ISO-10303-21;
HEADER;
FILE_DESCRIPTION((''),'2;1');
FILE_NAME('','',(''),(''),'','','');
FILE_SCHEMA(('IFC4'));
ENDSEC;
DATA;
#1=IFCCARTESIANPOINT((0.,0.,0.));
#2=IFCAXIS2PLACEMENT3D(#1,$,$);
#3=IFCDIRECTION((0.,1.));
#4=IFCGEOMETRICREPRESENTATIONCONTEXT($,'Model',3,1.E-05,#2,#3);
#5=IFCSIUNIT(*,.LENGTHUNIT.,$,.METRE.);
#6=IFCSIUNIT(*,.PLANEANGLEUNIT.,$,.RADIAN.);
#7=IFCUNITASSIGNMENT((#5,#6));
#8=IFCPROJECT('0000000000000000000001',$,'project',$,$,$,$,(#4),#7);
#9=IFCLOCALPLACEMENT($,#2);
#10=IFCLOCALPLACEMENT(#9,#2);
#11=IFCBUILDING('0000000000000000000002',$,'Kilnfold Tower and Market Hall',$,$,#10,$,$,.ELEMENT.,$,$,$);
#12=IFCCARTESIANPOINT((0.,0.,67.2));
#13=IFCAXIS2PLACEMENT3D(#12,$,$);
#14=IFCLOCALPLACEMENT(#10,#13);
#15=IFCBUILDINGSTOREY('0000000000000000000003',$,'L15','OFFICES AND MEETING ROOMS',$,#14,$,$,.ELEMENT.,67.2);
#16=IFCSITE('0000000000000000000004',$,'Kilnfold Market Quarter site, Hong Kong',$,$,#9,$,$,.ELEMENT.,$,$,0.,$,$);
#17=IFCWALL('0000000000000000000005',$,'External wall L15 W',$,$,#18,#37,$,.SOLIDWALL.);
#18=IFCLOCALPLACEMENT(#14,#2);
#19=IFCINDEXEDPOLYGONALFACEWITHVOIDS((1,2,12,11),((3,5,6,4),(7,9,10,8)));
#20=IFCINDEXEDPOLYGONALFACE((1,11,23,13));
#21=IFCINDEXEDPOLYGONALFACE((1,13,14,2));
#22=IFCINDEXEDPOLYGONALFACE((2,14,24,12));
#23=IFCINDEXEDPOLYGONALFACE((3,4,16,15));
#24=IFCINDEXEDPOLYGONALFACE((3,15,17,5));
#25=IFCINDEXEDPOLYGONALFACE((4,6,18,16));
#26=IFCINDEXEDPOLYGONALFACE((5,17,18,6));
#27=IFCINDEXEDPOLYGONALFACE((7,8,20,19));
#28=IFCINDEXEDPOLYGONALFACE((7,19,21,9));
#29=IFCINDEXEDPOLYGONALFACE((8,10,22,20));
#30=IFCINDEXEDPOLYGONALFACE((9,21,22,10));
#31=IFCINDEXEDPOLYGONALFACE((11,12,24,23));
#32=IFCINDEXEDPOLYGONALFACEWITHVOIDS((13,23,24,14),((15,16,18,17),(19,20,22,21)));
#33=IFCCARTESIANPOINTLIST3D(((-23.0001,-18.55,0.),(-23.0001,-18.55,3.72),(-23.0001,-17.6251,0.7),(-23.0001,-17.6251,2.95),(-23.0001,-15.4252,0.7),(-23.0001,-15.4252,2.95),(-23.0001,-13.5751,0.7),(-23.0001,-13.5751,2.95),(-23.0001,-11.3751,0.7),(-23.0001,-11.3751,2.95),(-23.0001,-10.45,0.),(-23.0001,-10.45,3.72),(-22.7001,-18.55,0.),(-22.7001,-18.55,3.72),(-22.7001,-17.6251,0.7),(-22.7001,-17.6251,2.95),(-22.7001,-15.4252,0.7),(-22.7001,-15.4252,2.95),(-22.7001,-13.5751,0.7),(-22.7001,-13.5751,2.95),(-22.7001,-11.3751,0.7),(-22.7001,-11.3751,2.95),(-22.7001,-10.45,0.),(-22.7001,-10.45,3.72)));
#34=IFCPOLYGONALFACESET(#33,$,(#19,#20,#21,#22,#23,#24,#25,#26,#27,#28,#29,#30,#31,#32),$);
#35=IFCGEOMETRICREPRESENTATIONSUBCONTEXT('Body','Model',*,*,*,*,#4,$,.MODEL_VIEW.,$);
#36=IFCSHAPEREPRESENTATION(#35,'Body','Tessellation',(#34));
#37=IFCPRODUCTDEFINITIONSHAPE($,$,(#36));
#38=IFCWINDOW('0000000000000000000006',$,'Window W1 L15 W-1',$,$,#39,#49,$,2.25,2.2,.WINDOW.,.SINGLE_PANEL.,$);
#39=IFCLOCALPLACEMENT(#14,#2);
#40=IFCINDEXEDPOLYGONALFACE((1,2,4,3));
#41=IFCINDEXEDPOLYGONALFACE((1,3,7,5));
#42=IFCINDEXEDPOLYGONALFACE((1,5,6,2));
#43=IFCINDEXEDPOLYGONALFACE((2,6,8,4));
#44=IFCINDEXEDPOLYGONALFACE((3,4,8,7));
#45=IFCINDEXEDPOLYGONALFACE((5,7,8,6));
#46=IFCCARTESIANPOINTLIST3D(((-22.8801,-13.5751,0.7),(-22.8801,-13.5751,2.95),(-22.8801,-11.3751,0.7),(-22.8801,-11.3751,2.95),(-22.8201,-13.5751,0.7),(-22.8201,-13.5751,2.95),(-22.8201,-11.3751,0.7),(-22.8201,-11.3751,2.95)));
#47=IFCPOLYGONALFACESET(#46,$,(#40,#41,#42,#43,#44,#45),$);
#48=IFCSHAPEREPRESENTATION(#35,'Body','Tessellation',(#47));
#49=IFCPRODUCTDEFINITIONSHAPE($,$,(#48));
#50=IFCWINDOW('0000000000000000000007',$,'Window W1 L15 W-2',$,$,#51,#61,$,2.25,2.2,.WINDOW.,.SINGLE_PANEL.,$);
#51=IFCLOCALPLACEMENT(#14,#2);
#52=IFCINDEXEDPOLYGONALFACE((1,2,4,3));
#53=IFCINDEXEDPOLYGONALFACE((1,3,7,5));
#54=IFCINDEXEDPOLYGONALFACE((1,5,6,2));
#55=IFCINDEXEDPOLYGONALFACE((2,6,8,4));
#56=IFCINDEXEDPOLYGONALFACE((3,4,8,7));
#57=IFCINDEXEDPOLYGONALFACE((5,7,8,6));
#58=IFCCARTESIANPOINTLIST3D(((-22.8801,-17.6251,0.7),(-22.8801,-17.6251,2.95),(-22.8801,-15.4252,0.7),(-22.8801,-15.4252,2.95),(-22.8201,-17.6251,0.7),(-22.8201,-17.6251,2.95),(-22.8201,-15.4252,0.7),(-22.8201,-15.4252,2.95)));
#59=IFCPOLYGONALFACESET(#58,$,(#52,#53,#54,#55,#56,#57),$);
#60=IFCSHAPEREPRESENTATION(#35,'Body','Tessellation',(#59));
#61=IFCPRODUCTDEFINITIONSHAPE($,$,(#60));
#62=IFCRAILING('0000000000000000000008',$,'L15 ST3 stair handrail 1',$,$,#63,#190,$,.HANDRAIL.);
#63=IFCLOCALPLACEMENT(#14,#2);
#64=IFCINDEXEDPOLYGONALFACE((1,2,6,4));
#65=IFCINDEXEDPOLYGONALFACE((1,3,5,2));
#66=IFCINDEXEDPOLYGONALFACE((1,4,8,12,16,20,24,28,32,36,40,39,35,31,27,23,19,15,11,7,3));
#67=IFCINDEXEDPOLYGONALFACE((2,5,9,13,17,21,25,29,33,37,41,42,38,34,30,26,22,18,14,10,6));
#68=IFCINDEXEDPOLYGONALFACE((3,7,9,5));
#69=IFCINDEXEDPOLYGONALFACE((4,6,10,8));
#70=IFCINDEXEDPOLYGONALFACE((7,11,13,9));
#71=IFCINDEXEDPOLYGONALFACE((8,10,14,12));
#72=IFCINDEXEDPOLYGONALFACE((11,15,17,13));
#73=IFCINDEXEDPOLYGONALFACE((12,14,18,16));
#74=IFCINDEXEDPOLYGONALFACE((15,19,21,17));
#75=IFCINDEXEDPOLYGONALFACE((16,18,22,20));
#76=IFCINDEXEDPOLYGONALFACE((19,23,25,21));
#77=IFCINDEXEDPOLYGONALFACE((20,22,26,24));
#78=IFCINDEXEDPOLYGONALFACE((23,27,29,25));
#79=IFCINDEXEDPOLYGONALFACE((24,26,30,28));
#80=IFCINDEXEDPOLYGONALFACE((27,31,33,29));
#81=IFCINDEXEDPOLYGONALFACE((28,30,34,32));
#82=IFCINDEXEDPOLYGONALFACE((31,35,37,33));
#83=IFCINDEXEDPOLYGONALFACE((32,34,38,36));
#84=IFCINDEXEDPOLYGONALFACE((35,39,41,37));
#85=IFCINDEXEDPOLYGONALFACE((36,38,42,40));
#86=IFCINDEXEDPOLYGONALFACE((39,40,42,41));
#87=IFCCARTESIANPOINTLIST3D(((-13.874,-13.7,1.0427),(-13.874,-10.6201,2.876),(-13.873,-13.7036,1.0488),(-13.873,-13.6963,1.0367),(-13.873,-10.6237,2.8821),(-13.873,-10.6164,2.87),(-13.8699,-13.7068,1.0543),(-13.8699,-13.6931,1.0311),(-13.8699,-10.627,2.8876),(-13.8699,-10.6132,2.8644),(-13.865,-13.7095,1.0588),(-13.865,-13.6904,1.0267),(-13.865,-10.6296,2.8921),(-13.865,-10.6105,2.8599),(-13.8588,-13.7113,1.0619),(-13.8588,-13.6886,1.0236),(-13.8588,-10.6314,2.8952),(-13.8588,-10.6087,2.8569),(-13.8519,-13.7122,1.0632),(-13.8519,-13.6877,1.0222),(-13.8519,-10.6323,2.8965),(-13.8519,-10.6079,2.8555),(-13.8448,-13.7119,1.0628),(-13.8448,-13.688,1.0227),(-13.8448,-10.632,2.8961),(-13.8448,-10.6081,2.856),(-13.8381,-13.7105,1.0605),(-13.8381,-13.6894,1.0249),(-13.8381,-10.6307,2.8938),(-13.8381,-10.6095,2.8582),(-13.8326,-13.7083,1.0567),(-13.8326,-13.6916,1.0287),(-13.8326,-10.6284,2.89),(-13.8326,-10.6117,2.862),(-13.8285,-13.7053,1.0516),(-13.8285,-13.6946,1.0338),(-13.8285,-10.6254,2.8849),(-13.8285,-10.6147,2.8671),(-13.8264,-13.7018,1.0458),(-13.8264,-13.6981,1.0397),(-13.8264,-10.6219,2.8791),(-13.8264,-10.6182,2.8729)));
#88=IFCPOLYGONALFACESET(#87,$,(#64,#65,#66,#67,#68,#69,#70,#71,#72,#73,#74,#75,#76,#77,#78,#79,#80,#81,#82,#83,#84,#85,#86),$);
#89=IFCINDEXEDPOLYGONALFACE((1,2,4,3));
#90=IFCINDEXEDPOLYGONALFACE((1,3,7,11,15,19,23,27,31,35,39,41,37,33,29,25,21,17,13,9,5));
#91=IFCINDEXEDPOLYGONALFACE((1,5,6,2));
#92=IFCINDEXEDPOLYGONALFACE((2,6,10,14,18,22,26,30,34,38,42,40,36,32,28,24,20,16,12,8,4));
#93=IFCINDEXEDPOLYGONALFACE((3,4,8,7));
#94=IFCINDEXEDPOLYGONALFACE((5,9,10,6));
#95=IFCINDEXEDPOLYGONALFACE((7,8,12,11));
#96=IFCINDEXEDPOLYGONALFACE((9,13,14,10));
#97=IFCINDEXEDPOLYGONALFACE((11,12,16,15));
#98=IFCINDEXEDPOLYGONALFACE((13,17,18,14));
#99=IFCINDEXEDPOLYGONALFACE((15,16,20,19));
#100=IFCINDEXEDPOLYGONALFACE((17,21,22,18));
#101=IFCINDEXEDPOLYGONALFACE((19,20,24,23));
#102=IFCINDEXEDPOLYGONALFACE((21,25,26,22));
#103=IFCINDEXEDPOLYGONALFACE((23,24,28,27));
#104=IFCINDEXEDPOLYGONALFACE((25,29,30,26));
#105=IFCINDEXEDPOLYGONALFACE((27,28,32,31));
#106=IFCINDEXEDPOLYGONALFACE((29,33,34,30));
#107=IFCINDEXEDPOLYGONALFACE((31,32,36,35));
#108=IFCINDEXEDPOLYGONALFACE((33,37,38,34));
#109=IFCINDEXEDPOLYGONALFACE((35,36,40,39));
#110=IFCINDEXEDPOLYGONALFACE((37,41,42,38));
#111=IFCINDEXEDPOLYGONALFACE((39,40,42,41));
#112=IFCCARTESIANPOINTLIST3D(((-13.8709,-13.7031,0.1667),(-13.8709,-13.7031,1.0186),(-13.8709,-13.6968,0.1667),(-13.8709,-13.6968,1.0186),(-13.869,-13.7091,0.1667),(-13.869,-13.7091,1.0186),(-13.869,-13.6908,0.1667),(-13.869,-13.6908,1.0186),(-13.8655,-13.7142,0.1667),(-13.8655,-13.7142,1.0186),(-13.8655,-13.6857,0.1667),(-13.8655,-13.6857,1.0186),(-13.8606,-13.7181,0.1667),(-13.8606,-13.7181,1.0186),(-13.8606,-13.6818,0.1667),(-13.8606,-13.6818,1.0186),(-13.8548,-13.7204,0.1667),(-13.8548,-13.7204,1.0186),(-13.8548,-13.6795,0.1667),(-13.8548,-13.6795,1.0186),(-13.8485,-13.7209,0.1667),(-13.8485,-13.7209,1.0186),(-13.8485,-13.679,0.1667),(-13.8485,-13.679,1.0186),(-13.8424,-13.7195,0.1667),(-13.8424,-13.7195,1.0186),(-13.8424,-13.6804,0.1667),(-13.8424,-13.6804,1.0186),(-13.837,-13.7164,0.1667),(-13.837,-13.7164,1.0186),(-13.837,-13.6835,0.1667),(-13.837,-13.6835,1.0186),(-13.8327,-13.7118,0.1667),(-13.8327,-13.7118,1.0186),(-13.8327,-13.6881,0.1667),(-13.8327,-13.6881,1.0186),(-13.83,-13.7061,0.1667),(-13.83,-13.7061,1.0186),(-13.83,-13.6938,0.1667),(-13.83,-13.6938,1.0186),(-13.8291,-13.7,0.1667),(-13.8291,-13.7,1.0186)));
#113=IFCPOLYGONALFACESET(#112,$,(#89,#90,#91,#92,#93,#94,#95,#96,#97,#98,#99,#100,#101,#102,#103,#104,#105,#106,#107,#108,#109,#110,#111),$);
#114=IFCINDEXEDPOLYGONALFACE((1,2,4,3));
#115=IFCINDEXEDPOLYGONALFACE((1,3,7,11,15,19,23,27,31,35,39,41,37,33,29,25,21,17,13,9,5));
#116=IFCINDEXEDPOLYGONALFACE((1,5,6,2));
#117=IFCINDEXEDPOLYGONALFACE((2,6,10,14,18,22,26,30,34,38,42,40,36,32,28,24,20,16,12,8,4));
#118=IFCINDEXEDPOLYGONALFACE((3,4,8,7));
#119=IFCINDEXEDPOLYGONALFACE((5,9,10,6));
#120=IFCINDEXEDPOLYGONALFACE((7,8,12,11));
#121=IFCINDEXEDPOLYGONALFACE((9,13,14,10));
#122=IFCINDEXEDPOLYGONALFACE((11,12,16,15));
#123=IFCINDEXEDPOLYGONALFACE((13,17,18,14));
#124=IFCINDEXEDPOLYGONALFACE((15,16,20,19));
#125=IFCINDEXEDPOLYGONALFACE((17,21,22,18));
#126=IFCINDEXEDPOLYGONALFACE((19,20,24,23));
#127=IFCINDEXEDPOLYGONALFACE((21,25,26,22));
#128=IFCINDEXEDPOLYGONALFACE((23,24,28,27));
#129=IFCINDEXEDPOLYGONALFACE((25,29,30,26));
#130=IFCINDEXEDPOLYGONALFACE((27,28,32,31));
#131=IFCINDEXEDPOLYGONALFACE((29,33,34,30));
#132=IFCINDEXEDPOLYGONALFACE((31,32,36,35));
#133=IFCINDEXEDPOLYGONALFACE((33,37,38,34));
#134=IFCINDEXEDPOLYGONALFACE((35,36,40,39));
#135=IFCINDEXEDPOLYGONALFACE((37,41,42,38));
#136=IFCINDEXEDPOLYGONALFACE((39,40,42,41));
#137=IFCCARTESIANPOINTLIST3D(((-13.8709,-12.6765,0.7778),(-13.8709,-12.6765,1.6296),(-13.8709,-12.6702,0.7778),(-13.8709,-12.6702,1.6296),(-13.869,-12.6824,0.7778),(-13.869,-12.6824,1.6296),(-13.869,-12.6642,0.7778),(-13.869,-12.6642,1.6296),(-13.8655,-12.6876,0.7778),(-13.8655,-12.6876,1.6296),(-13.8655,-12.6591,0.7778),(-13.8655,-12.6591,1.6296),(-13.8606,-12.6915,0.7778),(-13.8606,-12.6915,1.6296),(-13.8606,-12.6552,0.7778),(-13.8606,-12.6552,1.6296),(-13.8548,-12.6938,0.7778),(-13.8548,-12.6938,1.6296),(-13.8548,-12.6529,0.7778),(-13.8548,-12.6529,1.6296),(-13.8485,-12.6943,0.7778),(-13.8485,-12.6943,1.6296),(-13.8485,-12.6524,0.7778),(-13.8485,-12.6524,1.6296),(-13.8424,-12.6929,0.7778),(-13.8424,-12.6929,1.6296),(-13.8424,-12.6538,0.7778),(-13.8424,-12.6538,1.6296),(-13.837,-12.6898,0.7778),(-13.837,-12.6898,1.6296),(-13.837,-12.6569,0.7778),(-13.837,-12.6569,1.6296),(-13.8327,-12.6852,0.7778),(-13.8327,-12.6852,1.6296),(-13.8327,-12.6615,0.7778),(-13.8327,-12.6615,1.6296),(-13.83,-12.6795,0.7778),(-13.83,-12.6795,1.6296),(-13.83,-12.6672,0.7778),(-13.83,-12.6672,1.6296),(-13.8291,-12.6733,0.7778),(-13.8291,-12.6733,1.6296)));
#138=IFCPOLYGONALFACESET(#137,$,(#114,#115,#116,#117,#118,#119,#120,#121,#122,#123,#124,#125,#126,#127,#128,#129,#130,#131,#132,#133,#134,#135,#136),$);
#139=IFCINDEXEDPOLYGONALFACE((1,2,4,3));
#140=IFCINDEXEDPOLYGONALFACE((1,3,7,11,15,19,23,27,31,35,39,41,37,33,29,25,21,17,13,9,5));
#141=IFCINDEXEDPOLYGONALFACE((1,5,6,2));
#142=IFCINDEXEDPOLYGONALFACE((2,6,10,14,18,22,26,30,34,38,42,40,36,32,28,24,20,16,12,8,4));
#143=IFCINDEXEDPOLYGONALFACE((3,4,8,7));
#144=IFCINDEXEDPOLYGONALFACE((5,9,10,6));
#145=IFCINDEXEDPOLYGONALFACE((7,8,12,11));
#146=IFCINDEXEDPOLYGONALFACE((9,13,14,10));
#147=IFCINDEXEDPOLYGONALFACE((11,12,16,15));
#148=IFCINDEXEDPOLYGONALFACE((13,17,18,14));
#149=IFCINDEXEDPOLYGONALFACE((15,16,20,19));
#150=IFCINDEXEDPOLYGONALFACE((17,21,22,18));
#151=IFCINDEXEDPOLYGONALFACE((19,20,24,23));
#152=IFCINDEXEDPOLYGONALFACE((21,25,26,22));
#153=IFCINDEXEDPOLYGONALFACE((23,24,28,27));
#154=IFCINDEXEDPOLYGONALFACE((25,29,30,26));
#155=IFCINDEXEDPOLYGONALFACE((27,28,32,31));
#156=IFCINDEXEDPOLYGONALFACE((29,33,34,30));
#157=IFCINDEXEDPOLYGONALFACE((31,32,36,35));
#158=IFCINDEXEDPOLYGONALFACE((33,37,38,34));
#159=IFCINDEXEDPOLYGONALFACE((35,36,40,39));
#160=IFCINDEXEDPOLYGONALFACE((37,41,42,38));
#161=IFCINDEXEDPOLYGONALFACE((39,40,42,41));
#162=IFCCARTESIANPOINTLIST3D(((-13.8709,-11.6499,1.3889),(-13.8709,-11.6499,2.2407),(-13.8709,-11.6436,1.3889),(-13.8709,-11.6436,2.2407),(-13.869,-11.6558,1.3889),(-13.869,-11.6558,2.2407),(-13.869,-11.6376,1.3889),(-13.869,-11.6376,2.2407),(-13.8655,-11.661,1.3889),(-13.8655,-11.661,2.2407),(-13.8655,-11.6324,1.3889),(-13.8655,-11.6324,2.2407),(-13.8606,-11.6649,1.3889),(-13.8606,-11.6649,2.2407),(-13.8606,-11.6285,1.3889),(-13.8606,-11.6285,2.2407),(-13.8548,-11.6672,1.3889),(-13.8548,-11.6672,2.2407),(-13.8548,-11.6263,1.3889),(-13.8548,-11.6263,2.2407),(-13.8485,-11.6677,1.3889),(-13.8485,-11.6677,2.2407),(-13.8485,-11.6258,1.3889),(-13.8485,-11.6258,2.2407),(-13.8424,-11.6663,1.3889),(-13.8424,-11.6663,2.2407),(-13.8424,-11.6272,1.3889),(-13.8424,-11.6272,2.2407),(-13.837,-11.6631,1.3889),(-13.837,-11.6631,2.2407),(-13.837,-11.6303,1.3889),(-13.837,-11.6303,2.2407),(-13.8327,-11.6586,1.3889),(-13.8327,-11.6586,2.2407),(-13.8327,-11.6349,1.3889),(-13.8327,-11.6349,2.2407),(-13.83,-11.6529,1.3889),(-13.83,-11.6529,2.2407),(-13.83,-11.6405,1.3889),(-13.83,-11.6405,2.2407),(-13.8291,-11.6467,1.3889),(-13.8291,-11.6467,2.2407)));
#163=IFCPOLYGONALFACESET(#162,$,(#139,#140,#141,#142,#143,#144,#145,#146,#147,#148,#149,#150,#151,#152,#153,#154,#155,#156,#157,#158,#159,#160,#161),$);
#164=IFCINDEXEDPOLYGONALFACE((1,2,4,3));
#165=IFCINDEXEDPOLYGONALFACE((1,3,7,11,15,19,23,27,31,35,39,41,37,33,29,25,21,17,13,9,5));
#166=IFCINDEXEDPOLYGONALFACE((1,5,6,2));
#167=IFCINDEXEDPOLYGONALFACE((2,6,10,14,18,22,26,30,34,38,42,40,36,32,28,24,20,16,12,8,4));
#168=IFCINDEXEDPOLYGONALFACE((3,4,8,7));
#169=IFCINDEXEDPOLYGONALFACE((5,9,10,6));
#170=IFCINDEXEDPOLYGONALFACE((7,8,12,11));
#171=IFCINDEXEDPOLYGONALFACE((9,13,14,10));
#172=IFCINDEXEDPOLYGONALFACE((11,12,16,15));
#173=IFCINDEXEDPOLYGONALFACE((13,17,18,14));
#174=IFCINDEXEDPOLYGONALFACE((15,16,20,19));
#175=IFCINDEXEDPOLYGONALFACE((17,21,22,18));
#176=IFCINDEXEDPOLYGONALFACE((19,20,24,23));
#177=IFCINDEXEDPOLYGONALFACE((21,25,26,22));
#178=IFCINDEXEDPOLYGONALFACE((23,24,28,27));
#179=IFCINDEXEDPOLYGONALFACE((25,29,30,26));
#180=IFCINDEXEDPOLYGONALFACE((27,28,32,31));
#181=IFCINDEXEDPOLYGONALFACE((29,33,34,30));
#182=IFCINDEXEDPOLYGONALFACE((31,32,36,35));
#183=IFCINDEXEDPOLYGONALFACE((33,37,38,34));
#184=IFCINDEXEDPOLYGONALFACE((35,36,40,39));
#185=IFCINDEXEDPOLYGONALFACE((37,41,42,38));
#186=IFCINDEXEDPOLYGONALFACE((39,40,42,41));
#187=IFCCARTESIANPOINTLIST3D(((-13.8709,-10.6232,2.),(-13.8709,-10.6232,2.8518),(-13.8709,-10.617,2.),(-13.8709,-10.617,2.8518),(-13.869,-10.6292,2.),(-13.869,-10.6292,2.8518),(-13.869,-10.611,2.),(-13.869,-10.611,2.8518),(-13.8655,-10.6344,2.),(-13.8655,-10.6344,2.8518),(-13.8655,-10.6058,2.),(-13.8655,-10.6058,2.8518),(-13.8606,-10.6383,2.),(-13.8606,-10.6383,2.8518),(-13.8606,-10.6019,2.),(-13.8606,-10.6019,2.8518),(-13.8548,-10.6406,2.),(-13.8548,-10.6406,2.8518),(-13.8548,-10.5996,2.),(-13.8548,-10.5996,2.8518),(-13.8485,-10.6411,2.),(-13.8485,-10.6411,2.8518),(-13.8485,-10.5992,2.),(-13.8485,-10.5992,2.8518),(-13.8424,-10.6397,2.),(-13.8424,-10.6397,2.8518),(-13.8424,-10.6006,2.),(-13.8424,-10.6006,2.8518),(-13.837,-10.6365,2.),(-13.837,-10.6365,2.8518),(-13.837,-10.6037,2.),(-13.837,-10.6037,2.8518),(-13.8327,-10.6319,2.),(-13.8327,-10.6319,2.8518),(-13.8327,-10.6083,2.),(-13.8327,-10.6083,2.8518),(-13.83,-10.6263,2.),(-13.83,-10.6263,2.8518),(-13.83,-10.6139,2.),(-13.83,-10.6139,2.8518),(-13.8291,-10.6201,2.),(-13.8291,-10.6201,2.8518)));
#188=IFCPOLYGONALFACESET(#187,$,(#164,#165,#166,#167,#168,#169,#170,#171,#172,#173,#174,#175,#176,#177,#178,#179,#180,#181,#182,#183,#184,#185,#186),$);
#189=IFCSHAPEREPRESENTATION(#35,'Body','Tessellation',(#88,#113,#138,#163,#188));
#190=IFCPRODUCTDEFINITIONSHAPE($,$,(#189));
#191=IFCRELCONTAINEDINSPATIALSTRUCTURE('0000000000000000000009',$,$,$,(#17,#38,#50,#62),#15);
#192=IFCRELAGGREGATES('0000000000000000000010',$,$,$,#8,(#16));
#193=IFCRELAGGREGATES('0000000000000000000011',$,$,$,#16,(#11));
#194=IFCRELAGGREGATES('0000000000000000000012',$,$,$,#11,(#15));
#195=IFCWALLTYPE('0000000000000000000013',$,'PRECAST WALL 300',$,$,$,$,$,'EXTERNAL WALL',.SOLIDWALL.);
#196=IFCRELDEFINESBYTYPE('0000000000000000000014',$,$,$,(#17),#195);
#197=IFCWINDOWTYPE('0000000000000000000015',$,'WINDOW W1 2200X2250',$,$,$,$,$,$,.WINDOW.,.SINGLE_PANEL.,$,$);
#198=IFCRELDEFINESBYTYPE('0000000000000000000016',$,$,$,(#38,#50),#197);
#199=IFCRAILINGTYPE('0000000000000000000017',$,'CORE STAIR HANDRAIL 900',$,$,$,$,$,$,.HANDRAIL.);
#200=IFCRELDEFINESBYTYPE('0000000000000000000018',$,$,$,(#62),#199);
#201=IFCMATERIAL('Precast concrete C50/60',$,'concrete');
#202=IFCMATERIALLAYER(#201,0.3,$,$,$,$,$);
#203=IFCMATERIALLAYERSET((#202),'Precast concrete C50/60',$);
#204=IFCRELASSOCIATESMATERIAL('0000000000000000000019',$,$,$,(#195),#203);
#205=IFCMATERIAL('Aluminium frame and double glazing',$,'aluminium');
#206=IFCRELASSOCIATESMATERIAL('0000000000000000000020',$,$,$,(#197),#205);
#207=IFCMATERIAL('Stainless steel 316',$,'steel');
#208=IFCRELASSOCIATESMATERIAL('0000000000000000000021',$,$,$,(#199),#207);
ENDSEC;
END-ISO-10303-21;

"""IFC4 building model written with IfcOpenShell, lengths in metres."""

from ifc_helpers import new_model, si_unit, direction, frame, frame_2d, origin, origin_2d, place, context, subcontext, project, spatial, rectangle, circle, extrude, source, transform, mapped, material, layer, layer_set, type_object, element, fill, save


model = new_model("IFC4")

# Units and contexts
model_context = context("Model", 3, precision=1e-05, world=origin(), true_north=direction((0.0, 1.0)))
body_context = subcontext(model_context, "Body", "Model", "MODEL_VIEW")
ifc_project = project(units=[si_unit("LENGTHUNIT", "METRE"), si_unit("PLANEANGLEUNIT", "RADIAN")], contexts=[model_context])

# Site, building, storey
site_placement = place(None, origin())
site = spatial("IfcSite", under=ifc_project, at=site_placement, Name="Kilnfold Market Quarter site, Hong Kong", CompositionType="ELEMENT", RefElevation=0.0)
building_placement = place(site_placement, origin())
building = spatial("IfcBuilding", under=site, at=building_placement, Name="Kilnfold Tower and Market Hall", CompositionType="ELEMENT")
storey_placement = place(building_placement, frame((0.0, 0.0, 67.2)))
storey = spatial("IfcBuildingStorey", under=building, at=storey_placement, Name="L15", Description="OFFICES AND MEETING ROOMS", CompositionType="ELEMENT", Elevation=67.2)

# Wall, openings, windows
ifc_material_1 = material(Name="Precast concrete C50/60", Category="concrete")
ifc_layer_1 = layer(ifc_material_1, 0.3)
ifc_layer_set_1 = layer_set([ifc_layer_1], Name="Precast concrete C50/60")
wall_type_1 = type_object("IfcWallType", Name="PRECAST WALL 300", ElementType="EXTERNAL WALL", PredefinedType="SOLIDWALL", material=ifc_layer_set_1)
shared_shape_1 = source(origin(), body_context, "Body", "SweptSolid", [
    extrude(rectangle(XDim=8.1001, YDim=0.3, at=frame_2d((4.05, 0.0))), origin(), (0.0, 0.0, 1.0), 3.72),
])
wall_1_placement = place(storey_placement, frame((-22.8501, -10.45, 0.0), z_axis=(0.0, 0.0, 1.0), x_axis=(0.0, -1.0, 0.0)))
wall_1 = element("IfcWall", 1, at=wall_1_placement, inside=storey, type_object=wall_type_1, Name="External wall L15 W", PredefinedType="SOLIDWALL", context=body_context, shape_type="MappedRepresentation", body=[
    mapped(shared_shape_1, transform((0.0, 0.0, 0.0))),
])
opening_1_placement = place(wall_1_placement, frame((0.925, 0.0, 0.7)))
opening_1 = element("IfcOpeningElement", 2, at=opening_1_placement, cuts=wall_1, PredefinedType="OPENING", context=body_context, shape_type="SweptSolid", body=[
    extrude(rectangle(XDim=2.2, YDim=2.25, at=frame_2d((1.1001, 1.125))), frame((0.0, 0.1602, 0.0), z_axis=(0.0, -1.0, 0.0), x_axis=(1.0, 0.0, 0.0)), (0.0, 0.0, 1.0), 0.3201),
])
opening_2_placement = place(wall_1_placement, frame((4.9751, 0.0, 0.7)))
opening_2 = element("IfcOpeningElement", 3, at=opening_2_placement, cuts=wall_1, PredefinedType="OPENING", context=body_context, shape_type="SweptSolid", body=[
    extrude(rectangle(XDim=2.2, YDim=2.25, at=frame_2d((1.1001, 1.125))), frame((0.0, 0.1602, 0.0), z_axis=(0.0, -1.0, 0.0), x_axis=(1.0, 0.0, 0.0)), (0.0, 0.0, 1.0), 0.3201),
])
ifc_material_2 = material(Name="Aluminium frame and double glazing", Category="aluminium")
window_type = type_object("IfcWindowType", Name="WINDOW W1 2200X2250", PartitioningType="SINGLE_PANEL", PredefinedType="WINDOW", material=ifc_material_2)
window_1_placement = place(opening_1_placement, origin())
window_1 = element("IfcWindow", 4, at=window_1_placement, inside=storey, type_object=window_type, Name="Window W1 L15 W-1", OverallHeight=2.25, OverallWidth=2.2, PartitioningType="SINGLE_PANEL", PredefinedType="WINDOW", context=body_context, shape_type="SweptSolid", body=[
    extrude(rectangle(XDim=2.2, YDim=2.25, at=frame_2d((1.1001, 1.125))), frame((0.0, 0.03, 0.0), z_axis=(0.0, -1.0, 0.0), x_axis=(1.0, 0.0, 0.0)), (0.0, 0.0, 1.0), 0.0601),
])
fill(opening_1, window_1)
window_2_placement = place(opening_2_placement, origin())
window_2 = element("IfcWindow", 5, at=window_2_placement, inside=storey, type_object=window_type, Name="Window W1 L15 W-2", OverallHeight=2.25, OverallWidth=2.2, PartitioningType="SINGLE_PANEL", PredefinedType="WINDOW", context=body_context, shape_type="SweptSolid", body=[
    extrude(rectangle(XDim=2.2, YDim=2.25, at=frame_2d((1.1001, 1.125))), frame((0.0, 0.03, 0.0), z_axis=(0.0, -1.0, 0.0), x_axis=(1.0, 0.0, 0.0)), (0.0, 0.0, 1.0), 0.0601),
])
fill(opening_2, window_2)

# Railing
ifc_material_3 = material(Name="Stainless steel 316", Category="steel")
railing_type_1 = type_object("IfcRailingType", Name="CORE STAIR HANDRAIL 900", PredefinedType="HANDRAIL", material=ifc_material_3)
railing_1_placement = place(storey_placement, frame((-13.8501, -13.7, 0.1667)))
element("IfcRailing", 6, at=railing_1_placement, inside=storey, type_object=railing_type_1, Name="L15 ST3 stair handrail 1", PredefinedType="HANDRAIL", context=body_context, shape_type="SweptSolid", body=[
    extrude(circle(Radius=0.0239, at=origin_2d()), frame((0.0, 0.0, 0.876), z_axis=(0.0, 0.859291, 0.511487), x_axis=(-1.0, 0.0, 0.0)), (0.0, 0.0, 1.0), 3.5842),
    extrude(circle(Radius=0.021, at=origin_2d()), origin(), (0.0, 0.0, 1.0), 0.8518),
    extrude(circle(Radius=0.021, at=origin_2d()), frame((0.0, 1.0266, 0.6111)), (0.0, 0.0, 1.0), 0.8518),
    extrude(circle(Radius=0.021, at=origin_2d()), frame((0.0, 2.0532, 1.2222)), (0.0, 0.0, 1.0), 0.8518),
    extrude(circle(Radius=0.021, at=origin_2d()), frame((0.0, 3.0798, 1.8333)), (0.0, 0.0, 1.0), 0.8518),
])

save(model, "model.ifc")
